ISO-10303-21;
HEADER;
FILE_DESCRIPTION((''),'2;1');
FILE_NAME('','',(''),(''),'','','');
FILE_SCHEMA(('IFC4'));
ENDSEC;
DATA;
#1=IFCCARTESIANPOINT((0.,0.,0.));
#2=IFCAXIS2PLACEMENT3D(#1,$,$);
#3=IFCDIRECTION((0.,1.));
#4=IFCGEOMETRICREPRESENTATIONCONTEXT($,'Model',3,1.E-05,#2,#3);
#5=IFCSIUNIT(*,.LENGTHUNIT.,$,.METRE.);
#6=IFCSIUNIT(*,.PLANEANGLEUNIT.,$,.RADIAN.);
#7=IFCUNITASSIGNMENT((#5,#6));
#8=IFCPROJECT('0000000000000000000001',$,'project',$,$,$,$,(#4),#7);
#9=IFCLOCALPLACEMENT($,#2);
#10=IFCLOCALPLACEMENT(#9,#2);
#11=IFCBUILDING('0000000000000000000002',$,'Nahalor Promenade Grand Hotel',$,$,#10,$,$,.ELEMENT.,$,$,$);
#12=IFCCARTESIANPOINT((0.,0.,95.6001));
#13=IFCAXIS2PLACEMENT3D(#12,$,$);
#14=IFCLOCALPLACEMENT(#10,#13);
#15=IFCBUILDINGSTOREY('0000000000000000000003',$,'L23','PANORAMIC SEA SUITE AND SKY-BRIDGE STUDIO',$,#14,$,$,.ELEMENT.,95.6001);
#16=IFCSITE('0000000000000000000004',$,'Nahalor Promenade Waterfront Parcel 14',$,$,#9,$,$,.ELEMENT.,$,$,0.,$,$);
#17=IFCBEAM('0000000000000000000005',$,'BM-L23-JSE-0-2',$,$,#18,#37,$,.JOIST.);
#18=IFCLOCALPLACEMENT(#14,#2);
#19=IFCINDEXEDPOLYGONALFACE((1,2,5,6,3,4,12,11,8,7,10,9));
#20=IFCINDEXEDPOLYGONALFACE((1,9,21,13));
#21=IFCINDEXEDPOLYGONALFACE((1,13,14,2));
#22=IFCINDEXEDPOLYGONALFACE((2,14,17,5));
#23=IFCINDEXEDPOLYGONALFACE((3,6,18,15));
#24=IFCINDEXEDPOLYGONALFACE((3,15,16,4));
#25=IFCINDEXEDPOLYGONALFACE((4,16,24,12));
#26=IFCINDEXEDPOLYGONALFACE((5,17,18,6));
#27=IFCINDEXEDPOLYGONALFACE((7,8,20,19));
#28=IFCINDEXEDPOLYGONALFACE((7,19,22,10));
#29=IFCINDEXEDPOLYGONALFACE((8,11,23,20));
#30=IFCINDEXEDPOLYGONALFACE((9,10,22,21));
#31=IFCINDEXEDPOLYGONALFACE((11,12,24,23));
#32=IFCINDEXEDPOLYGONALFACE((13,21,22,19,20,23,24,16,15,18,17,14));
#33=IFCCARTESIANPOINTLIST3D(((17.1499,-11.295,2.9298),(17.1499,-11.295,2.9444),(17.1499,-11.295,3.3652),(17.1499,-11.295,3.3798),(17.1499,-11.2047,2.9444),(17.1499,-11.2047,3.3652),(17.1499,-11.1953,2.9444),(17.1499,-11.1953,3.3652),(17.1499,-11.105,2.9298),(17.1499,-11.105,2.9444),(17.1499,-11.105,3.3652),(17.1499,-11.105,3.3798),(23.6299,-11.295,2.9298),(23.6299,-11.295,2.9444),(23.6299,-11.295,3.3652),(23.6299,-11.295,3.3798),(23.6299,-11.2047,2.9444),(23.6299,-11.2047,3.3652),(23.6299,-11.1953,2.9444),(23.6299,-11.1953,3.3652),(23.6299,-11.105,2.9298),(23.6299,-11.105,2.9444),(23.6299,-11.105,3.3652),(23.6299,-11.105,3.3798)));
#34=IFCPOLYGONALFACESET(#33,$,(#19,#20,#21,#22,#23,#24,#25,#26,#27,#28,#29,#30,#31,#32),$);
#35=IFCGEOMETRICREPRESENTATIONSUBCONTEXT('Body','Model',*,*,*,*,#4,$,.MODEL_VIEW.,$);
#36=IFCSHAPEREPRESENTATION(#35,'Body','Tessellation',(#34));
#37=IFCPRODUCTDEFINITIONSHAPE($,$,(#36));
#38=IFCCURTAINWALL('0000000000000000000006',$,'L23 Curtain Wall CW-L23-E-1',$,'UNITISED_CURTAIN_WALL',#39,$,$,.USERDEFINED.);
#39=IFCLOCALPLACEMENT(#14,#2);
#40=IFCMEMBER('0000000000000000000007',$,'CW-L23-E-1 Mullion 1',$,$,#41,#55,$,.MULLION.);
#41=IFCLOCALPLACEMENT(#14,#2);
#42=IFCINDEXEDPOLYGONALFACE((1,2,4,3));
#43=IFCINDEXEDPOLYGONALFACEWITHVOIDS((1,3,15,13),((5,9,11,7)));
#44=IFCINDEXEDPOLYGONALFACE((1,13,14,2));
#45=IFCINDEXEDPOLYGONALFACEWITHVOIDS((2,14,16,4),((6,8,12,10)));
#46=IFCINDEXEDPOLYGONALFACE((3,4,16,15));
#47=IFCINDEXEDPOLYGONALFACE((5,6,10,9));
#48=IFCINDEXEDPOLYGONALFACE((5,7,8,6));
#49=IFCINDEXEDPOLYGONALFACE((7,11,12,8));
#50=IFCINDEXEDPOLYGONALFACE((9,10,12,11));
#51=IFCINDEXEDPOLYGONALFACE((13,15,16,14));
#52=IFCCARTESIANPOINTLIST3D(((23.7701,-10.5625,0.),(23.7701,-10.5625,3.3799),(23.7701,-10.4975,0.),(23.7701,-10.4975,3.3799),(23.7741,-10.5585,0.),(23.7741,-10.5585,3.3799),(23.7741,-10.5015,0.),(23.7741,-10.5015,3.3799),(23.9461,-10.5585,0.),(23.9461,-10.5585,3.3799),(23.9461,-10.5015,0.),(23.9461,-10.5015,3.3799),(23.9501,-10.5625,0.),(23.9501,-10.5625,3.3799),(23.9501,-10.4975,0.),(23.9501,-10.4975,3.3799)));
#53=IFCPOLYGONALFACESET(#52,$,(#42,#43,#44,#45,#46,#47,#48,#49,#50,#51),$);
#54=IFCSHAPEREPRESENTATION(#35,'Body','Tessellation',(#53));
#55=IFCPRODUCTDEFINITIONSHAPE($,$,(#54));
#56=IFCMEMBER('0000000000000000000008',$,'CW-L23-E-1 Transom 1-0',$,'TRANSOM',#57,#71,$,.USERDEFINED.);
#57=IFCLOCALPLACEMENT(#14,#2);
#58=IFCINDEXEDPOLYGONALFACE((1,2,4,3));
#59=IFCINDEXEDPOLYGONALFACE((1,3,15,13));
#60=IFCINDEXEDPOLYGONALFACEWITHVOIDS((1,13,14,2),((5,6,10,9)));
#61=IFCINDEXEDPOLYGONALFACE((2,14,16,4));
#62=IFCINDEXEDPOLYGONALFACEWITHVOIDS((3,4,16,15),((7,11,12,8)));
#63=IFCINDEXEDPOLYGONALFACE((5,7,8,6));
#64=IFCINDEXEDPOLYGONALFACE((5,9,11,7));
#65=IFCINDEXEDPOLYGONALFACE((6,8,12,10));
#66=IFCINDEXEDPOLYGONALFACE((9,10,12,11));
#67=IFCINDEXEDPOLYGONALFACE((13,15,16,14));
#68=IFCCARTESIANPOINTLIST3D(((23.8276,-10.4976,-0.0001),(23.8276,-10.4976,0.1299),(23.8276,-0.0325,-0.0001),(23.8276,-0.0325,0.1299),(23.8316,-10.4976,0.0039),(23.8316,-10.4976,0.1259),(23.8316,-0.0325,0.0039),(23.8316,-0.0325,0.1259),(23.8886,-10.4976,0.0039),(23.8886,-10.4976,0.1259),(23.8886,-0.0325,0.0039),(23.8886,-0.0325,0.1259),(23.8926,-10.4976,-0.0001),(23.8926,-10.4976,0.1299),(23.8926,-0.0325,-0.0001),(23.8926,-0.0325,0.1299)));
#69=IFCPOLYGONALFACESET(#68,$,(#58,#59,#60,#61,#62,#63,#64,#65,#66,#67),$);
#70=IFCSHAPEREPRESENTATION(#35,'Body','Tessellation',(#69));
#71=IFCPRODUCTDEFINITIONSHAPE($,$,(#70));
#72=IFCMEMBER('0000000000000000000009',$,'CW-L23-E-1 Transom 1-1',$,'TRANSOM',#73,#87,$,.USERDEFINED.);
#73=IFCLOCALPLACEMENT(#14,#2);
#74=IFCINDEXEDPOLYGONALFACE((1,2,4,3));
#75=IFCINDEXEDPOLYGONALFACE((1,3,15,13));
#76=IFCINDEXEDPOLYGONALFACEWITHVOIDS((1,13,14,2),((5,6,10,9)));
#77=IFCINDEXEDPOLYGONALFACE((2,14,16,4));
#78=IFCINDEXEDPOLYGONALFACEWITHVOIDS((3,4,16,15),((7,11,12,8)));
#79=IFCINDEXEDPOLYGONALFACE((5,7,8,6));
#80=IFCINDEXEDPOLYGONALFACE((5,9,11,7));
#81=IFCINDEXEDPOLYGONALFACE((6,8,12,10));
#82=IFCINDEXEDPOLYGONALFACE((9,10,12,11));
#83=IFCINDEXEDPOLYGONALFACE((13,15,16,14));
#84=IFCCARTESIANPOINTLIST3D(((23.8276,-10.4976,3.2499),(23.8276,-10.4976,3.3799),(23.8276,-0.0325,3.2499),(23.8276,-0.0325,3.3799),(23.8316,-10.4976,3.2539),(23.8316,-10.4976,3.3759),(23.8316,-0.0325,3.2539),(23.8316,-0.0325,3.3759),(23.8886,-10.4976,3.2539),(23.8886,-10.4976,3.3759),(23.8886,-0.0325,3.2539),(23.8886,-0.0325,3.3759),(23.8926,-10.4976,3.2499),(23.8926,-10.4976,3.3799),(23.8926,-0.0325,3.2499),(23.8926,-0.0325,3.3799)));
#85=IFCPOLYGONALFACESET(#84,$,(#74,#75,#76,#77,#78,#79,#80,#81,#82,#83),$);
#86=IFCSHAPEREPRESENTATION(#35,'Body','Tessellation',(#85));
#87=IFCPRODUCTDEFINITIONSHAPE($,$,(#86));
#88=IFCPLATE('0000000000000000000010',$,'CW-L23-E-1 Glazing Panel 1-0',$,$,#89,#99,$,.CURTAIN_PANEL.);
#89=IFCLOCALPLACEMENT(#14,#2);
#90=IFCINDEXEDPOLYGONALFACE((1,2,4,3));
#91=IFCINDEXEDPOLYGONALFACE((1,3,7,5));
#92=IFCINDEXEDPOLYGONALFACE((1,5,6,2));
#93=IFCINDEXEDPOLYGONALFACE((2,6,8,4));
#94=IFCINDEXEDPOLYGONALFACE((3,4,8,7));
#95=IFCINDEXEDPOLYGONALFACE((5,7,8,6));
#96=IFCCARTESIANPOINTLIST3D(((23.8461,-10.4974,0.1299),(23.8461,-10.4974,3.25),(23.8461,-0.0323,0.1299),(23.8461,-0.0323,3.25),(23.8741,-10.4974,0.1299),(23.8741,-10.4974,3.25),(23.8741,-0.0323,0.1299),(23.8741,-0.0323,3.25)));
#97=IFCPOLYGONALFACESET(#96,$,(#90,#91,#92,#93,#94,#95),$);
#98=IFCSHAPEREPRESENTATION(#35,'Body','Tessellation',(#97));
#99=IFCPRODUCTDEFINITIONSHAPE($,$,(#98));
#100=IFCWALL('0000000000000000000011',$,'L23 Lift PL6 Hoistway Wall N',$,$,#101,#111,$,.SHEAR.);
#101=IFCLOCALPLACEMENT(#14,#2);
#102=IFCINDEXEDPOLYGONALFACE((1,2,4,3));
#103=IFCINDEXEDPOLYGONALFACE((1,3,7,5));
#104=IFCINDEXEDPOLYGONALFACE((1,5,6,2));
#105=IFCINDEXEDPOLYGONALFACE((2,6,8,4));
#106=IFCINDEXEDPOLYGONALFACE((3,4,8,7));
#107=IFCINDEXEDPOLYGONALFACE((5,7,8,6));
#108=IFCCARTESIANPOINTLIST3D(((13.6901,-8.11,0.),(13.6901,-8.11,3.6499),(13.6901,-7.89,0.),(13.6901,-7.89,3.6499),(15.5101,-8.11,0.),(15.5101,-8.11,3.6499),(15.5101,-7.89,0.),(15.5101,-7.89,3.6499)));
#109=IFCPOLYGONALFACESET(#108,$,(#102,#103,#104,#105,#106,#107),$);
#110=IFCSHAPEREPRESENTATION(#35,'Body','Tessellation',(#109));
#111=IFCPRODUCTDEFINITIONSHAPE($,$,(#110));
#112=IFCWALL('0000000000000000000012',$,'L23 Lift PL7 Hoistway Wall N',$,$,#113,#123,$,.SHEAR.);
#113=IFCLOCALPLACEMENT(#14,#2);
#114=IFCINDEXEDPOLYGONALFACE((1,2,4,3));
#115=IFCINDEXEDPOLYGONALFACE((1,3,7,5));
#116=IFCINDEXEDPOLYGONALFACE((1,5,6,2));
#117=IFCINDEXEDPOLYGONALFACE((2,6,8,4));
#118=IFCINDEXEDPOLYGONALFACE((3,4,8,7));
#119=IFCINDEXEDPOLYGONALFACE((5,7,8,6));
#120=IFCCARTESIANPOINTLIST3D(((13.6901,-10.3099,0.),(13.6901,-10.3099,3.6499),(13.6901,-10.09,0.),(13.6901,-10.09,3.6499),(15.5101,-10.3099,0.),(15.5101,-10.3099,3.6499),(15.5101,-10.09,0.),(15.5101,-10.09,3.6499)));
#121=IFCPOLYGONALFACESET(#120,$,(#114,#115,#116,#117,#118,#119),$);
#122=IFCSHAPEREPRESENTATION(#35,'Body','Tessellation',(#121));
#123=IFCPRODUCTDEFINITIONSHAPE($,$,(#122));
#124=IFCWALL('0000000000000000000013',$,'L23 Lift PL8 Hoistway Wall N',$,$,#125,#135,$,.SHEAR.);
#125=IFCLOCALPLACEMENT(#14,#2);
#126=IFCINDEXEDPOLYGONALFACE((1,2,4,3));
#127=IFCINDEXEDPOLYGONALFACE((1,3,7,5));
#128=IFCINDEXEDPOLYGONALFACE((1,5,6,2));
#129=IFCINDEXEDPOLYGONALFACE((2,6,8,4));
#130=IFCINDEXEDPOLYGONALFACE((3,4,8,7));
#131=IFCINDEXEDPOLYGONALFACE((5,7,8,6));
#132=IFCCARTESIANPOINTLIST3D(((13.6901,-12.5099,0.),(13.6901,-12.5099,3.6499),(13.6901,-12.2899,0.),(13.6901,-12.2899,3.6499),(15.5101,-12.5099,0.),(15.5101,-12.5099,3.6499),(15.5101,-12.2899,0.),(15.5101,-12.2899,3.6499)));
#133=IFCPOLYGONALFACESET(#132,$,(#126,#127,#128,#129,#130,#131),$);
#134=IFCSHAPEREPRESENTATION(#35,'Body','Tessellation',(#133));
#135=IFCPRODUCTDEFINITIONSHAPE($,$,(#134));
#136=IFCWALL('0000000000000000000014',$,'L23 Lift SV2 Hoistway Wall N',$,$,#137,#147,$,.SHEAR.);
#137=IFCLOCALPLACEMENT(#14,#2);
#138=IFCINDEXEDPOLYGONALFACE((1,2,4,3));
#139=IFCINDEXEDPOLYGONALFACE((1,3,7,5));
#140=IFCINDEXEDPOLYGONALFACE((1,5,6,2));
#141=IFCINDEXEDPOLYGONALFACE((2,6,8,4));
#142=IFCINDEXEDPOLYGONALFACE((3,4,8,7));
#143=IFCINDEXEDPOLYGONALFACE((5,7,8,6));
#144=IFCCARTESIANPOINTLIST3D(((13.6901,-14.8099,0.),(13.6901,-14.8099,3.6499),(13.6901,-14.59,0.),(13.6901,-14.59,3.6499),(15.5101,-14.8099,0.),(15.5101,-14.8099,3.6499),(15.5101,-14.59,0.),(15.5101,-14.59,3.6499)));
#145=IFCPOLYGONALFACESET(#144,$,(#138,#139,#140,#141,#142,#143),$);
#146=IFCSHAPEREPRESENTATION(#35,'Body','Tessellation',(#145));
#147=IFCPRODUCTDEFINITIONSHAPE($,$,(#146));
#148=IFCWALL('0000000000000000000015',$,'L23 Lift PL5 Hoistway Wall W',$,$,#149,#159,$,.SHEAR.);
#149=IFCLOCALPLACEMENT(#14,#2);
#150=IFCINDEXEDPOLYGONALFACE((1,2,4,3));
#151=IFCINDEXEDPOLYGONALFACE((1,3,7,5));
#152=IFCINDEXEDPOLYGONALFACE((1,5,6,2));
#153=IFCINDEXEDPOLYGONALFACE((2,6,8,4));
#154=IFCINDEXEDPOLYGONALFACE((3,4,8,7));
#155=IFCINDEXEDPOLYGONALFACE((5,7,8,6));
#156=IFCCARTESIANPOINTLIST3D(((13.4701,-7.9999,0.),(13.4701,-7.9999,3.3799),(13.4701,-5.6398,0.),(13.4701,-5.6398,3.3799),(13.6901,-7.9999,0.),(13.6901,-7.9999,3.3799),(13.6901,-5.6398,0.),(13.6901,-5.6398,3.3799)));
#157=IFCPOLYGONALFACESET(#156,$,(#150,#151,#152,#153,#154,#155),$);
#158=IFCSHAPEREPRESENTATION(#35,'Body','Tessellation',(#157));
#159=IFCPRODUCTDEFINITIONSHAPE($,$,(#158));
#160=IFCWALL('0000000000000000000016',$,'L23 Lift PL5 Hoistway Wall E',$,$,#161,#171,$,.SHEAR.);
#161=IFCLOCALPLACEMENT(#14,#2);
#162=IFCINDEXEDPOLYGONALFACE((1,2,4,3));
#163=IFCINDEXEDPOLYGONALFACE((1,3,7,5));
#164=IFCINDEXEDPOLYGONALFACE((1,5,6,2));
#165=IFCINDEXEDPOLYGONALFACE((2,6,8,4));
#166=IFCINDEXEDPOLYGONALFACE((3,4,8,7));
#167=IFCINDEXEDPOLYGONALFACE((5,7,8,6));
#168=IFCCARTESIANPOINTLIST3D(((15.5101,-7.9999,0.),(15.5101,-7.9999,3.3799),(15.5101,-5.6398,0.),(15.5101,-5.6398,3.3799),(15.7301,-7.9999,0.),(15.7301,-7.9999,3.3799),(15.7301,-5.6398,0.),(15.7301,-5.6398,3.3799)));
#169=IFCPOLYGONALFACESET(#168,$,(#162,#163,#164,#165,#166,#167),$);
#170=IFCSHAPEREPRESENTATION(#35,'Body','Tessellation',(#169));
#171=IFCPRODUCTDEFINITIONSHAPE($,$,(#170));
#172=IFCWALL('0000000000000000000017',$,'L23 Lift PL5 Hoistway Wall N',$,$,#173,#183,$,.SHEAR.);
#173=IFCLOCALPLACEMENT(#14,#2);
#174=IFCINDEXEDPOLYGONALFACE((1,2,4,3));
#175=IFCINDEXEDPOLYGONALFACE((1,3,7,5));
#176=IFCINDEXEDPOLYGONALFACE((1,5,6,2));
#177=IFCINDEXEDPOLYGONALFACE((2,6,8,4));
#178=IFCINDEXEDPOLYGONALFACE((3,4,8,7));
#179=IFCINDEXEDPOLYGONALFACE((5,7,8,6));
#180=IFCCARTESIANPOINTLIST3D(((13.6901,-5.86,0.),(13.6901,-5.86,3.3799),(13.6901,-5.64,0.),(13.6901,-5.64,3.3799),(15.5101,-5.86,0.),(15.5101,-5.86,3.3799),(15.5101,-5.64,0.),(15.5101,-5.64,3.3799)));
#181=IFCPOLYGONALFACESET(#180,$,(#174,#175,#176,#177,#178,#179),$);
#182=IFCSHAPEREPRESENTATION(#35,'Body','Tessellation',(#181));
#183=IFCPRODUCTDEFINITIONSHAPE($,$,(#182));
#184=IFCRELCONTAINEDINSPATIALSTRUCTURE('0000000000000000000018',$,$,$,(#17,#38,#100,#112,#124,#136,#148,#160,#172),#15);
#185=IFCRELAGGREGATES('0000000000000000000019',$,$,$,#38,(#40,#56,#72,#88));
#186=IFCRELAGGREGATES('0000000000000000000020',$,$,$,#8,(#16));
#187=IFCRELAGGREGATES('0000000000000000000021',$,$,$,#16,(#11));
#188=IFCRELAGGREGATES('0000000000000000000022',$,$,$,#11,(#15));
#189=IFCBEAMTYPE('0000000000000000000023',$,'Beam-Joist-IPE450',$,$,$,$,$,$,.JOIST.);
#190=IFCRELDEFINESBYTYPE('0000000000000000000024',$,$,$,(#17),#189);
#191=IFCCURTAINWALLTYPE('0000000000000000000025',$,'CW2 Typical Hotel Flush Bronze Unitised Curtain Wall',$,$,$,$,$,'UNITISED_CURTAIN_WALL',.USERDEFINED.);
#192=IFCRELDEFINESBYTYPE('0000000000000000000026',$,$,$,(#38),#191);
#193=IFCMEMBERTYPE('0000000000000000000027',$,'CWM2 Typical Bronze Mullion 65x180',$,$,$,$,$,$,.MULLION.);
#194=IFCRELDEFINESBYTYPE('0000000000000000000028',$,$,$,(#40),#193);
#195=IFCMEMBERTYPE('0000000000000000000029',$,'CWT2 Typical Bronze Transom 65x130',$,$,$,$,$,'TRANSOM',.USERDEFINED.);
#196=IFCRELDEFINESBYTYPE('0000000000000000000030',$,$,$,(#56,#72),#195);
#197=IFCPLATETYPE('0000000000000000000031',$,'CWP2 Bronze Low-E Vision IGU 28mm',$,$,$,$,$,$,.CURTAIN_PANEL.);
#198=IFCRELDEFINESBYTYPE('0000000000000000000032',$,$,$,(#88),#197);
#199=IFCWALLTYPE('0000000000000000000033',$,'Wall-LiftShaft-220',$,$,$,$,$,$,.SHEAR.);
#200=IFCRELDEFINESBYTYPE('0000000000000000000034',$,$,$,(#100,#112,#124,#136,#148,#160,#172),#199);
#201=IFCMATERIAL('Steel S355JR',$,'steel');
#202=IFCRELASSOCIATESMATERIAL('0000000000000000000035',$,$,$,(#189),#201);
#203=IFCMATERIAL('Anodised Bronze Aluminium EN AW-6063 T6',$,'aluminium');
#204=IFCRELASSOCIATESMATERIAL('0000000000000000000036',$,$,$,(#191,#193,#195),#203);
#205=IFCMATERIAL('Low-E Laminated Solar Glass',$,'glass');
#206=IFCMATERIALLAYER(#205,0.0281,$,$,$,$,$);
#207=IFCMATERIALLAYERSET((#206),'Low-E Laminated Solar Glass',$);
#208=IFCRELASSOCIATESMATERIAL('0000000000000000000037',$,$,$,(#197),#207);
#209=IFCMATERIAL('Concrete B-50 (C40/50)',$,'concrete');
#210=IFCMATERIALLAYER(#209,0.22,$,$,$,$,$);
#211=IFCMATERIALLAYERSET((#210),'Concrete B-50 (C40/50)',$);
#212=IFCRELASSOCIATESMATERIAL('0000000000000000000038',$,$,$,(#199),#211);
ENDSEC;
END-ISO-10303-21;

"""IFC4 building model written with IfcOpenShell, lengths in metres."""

from ifc_helpers import new_model, si_unit, direction, frame, frame_2d, origin, origin_2d, place, context, subcontext, project, spatial, rectangle, hollow_rectangle, i_section, extrude, source, transform, mapped, material, layer, layer_set, material_profile, profile_set, type_object, element, aggregate, save


model = new_model("IFC4")

# Units and contexts
model_context = context("Model", 3, precision=1e-05, world=origin(), true_north=direction((0.0, 1.0)))
body_context = subcontext(model_context, "Body", "Model", "MODEL_VIEW")
ifc_project = project(units=[si_unit("LENGTHUNIT", "METRE"), si_unit("PLANEANGLEUNIT", "RADIAN")], contexts=[model_context])

# Site, building, storey
site_placement = place(None, origin())
site = spatial("IfcSite", under=ifc_project, at=site_placement, Name="Nahalor Promenade Waterfront Parcel 14", CompositionType="ELEMENT", RefElevation=0.0)
building_placement = place(site_placement, origin())
building = spatial("IfcBuilding", under=site, at=building_placement, Name="Nahalor Promenade Grand Hotel", CompositionType="ELEMENT")
storey_placement = place(building_placement, frame((0.0, 0.0, 95.6001)))
storey = spatial("IfcBuildingStorey", under=building, at=storey_placement, Name="L23", Description="PANORAMIC SEA SUITE AND SKY-BRIDGE STUDIO", CompositionType="ELEMENT", Elevation=95.6001)

# Beam
ifc_material_1 = material(Name="Steel S355JR", Category="steel")
ifc_material_profile_1 = material_profile(ifc_material_1, i_section(OverallWidth=0.19, OverallDepth=0.45, WebThickness=0.0094, FlangeThickness=0.0146, at=origin_2d()), Name="IPE 450")
ifc_profile_set_1 = profile_set([ifc_material_profile_1], Name="Steel S355JR")
beam_type_1 = type_object("IfcBeamType", Name="Beam-Joist-IPE450", PredefinedType="JOIST", material=ifc_profile_set_1)
shared_shape_1 = source(origin(), body_context, "Body", "SweptSolid", [
    extrude(i_section(OverallWidth=0.19, OverallDepth=0.45, WebThickness=0.0094, FlangeThickness=0.0146, at=origin_2d()), origin(), (0.0, 0.0, 1.0), 6.48),
])
beam_1_placement = place(storey_placement, frame((17.1499, -11.2, 3.1548), z_axis=(1.0, 0.0, 0.0), x_axis=(0.0, 1.0, 0.0)))
element("IfcBeam", 1, at=beam_1_placement, inside=storey, type_object=beam_type_1, Name="BM-L23-JSE-0-2", PredefinedType="JOIST", context=body_context, shape_type="MappedRepresentation", body=[
    mapped(shared_shape_1, transform((0.0, 0.0, 0.0), scale=1.0)),
])

# Curtain wall, members, plate
ifc_material_2 = material(Name="Anodised Bronze Aluminium EN AW-6063 T6", Category="aluminium")
curtain_wall_type = type_object("IfcCurtainWallType", Name="CW2 Typical Hotel Flush Bronze Unitised Curtain Wall", ElementType="UNITISED_CURTAIN_WALL", PredefinedType="USERDEFINED", material=ifc_material_2)
curtain_wall_placement = place(storey_placement, origin())
curtain_wall = element("IfcCurtainWall", 2, at=curtain_wall_placement, inside=storey, type_object=curtain_wall_type, Name="L23 Curtain Wall CW-L23-E-1", ObjectType="UNITISED_CURTAIN_WALL", PredefinedType="USERDEFINED")
ifc_material_profile_2 = material_profile(ifc_material_2, hollow_rectangle(XDim=0.065, YDim=0.18, WallThickness=0.004, at=origin_2d()), Name="CWM 65x180x4")
ifc_profile_set_2 = profile_set([ifc_material_profile_2], Name="Anodised Bronze Aluminium EN AW-6063 T6")
member_type_1 = type_object("IfcMemberType", Name="CWM2 Typical Bronze Mullion 65x180", PredefinedType="MULLION", material=ifc_profile_set_2)
shared_shape_2 = source(origin(), body_context, "Body", "SweptSolid", [
    extrude(hollow_rectangle(XDim=0.065, YDim=0.18, WallThickness=0.004, at=origin_2d()), origin(), (0.0, 0.0, 1.0), 3.3799),
])
member_1_placement = place(storey_placement, frame((23.8601, -10.53, 0.0), z_axis=(0.0, 0.0, 1.0), x_axis=(0.0, 1.0, 0.0)))
member_1 = element("IfcMember", 3, at=member_1_placement, type_object=member_type_1, Name="CW-L23-E-1 Mullion 1", PredefinedType="MULLION", context=body_context, shape_type="MappedRepresentation", body=[
    mapped(shared_shape_2, transform((0.0, 0.0, 0.0), scale=1.0)),
])
ifc_material_profile_3 = material_profile(ifc_material_2, hollow_rectangle(XDim=0.065, YDim=0.13, WallThickness=0.004, at=origin_2d()), Name="CWT 65x130x4")
ifc_profile_set_3 = profile_set([ifc_material_profile_3], Name="Anodised Bronze Aluminium EN AW-6063 T6")
member_type_2 = type_object("IfcMemberType", Name="CWT2 Typical Bronze Transom 65x130", ElementType="TRANSOM", PredefinedType="USERDEFINED", material=ifc_profile_set_3)
shared_shape_3 = source(origin(), body_context, "Body", "SweptSolid", [
    extrude(hollow_rectangle(XDim=0.065, YDim=0.13, WallThickness=0.004, at=origin_2d()), origin(), (0.0, 0.0, 1.0), 10.4651),
])
member_2_placement = place(storey_placement, frame((23.8601, -10.4976, 0.0649), z_axis=(0.0, 1.0, 0.0), x_axis=(-1.0, 0.0, 0.0)))
member_2 = element("IfcMember", 4, at=member_2_placement, type_object=member_type_2, Name="CW-L23-E-1 Transom 1-0", ObjectType="TRANSOM", PredefinedType="USERDEFINED", context=body_context, shape_type="MappedRepresentation", body=[
    mapped(shared_shape_3, transform((0.0, 0.0, 0.0), scale=1.0)),
])
member_3_placement = place(storey_placement, frame((23.8601, -10.4976, 3.3149), z_axis=(0.0, 1.0, 0.0), x_axis=(-1.0, 0.0, 0.0)))
member_3 = element("IfcMember", 5, at=member_3_placement, type_object=member_type_2, Name="CW-L23-E-1 Transom 1-1", ObjectType="TRANSOM", PredefinedType="USERDEFINED", context=body_context, shape_type="MappedRepresentation", body=[
    mapped(shared_shape_3, transform((0.0, 0.0, 0.0), scale=1.0)),
])
ifc_material_3 = material(Name="Low-E Laminated Solar Glass", Category="glass")
ifc_layer_1 = layer(ifc_material_3, 0.0281)
ifc_layer_set_1 = layer_set([ifc_layer_1], Name="Low-E Laminated Solar Glass")
plate_type = type_object("IfcPlateType", Name="CWP2 Bronze Low-E Vision IGU 28mm", PredefinedType="CURTAIN_PANEL", material=ifc_layer_set_1)
shared_shape_4 = source(origin(), body_context, "Body", "SweptSolid", [
    extrude(rectangle(XDim=10.4651, YDim=0.0281, at=origin_2d()), origin(), (0.0, 0.0, 1.0), 3.1201),
])
plate_placement = place(storey_placement, frame((23.8601, -5.2649, 0.1299), z_axis=(0.0, 0.0, 1.0), x_axis=(0.0, 1.0, 0.0)))
plate = element("IfcPlate", 6, at=plate_placement, type_object=plate_type, Name="CW-L23-E-1 Glazing Panel 1-0", PredefinedType="CURTAIN_PANEL", context=body_context, shape_type="MappedRepresentation", body=[
    mapped(shared_shape_4, transform((0.0, 0.0, 0.0), scale=1.0)),
])
aggregate(curtain_wall, [member_1, member_2, member_3, plate])

# Walls
ifc_material_4 = material(Name="Concrete B-50 (C40/50)", Category="concrete")
ifc_layer_2 = layer(ifc_material_4, 0.22)
ifc_layer_set_2 = layer_set([ifc_layer_2], Name="Concrete B-50 (C40/50)")
wall_type_1 = type_object("IfcWallType", Name="Wall-LiftShaft-220", PredefinedType="SHEAR", material=ifc_layer_set_2)
shared_shape_5 = source(origin(), body_context, "Body", "SweptSolid", [
    extrude(rectangle(XDim=1.8201, YDim=0.22, at=frame_2d((0.9102, 0.0))), origin(), (0.0, 0.0, 1.0), 3.6499),
])
for number, where, z_axis, x_axis, name in (
    (7, (13.6899, -8.0, 0.0), (0.0, 0.0, 1.0), (1.0, 0.0, 0.0), "L23 Lift PL6 Hoistway Wall N"),
    (8, (13.6899, -10.2, 0.0), (0.0, 0.0, 1.0), (1.0, 0.0, 0.0), "L23 Lift PL7 Hoistway Wall N"),
    (9, (13.6899, -12.3999, 0.0), (0.0, 0.0, 1.0), (1.0, 0.0, 0.0), "L23 Lift PL8 Hoistway Wall N"),
    (10, (13.6899, -14.7, 0.0), (0.0, 0.0, 1.0), (1.0, 0.0, 0.0), "L23 Lift SV2 Hoistway Wall N"),
):
    element("IfcWall", number, at=place(storey_placement, frame(where, z_axis=z_axis, x_axis=x_axis)), inside=storey, type_object=wall_type_1, Name=name, PredefinedType="SHEAR", context=body_context, shape_type="MappedRepresentation", body=[
        mapped(shared_shape_5, transform((0.0, 0.0, 0.0), scale=1.0)),
    ])
shared_shape_6 = source(origin(), body_context, "Body", "SweptSolid", [
    extrude(rectangle(XDim=2.3601, YDim=0.22, at=frame_2d((1.1802, 0.0))), origin(), (0.0, 0.0, 1.0), 3.3799),
])
for number, where, z_axis, x_axis, name in (
    (11, (13.5801, -8.0, 0.0), (0.0, 0.0, 1.0), (0.0, 1.0, 0.0), "L23 Lift PL5 Hoistway Wall W"),
    (12, (15.6201, -8.0, 0.0), (0.0, 0.0, 1.0), (0.0, 1.0, 0.0), "L23 Lift PL5 Hoistway Wall E"),
):
    element("IfcWall", number, at=place(storey_placement, frame(where, z_axis=z_axis, x_axis=x_axis)), inside=storey, type_object=wall_type_1, Name=name, PredefinedType="SHEAR", context=body_context, shape_type="MappedRepresentation", body=[
        mapped(shared_shape_6, transform((0.0, 0.0, 0.0), scale=1.0)),
    ])
shared_shape_7 = source(origin(), body_context, "Body", "SweptSolid", [
    extrude(rectangle(XDim=1.8201, YDim=0.22, at=frame_2d((0.9102, 0.0))), origin(), (0.0, 0.0, 1.0), 3.3799),
])
wall_1_placement = place(storey_placement, frame((13.6899, -5.75, 0.0), z_axis=(0.0, 0.0, 1.0), x_axis=(1.0, 0.0, 0.0)))
element("IfcWall", 13, at=wall_1_placement, inside=storey, type_object=wall_type_1, Name="L23 Lift PL5 Hoistway Wall N", PredefinedType="SHEAR", context=body_context, shape_type="MappedRepresentation", body=[
    mapped(shared_shape_7, transform((0.0, 0.0, 0.0), scale=1.0)),
])

save(model, "model.ifc")
